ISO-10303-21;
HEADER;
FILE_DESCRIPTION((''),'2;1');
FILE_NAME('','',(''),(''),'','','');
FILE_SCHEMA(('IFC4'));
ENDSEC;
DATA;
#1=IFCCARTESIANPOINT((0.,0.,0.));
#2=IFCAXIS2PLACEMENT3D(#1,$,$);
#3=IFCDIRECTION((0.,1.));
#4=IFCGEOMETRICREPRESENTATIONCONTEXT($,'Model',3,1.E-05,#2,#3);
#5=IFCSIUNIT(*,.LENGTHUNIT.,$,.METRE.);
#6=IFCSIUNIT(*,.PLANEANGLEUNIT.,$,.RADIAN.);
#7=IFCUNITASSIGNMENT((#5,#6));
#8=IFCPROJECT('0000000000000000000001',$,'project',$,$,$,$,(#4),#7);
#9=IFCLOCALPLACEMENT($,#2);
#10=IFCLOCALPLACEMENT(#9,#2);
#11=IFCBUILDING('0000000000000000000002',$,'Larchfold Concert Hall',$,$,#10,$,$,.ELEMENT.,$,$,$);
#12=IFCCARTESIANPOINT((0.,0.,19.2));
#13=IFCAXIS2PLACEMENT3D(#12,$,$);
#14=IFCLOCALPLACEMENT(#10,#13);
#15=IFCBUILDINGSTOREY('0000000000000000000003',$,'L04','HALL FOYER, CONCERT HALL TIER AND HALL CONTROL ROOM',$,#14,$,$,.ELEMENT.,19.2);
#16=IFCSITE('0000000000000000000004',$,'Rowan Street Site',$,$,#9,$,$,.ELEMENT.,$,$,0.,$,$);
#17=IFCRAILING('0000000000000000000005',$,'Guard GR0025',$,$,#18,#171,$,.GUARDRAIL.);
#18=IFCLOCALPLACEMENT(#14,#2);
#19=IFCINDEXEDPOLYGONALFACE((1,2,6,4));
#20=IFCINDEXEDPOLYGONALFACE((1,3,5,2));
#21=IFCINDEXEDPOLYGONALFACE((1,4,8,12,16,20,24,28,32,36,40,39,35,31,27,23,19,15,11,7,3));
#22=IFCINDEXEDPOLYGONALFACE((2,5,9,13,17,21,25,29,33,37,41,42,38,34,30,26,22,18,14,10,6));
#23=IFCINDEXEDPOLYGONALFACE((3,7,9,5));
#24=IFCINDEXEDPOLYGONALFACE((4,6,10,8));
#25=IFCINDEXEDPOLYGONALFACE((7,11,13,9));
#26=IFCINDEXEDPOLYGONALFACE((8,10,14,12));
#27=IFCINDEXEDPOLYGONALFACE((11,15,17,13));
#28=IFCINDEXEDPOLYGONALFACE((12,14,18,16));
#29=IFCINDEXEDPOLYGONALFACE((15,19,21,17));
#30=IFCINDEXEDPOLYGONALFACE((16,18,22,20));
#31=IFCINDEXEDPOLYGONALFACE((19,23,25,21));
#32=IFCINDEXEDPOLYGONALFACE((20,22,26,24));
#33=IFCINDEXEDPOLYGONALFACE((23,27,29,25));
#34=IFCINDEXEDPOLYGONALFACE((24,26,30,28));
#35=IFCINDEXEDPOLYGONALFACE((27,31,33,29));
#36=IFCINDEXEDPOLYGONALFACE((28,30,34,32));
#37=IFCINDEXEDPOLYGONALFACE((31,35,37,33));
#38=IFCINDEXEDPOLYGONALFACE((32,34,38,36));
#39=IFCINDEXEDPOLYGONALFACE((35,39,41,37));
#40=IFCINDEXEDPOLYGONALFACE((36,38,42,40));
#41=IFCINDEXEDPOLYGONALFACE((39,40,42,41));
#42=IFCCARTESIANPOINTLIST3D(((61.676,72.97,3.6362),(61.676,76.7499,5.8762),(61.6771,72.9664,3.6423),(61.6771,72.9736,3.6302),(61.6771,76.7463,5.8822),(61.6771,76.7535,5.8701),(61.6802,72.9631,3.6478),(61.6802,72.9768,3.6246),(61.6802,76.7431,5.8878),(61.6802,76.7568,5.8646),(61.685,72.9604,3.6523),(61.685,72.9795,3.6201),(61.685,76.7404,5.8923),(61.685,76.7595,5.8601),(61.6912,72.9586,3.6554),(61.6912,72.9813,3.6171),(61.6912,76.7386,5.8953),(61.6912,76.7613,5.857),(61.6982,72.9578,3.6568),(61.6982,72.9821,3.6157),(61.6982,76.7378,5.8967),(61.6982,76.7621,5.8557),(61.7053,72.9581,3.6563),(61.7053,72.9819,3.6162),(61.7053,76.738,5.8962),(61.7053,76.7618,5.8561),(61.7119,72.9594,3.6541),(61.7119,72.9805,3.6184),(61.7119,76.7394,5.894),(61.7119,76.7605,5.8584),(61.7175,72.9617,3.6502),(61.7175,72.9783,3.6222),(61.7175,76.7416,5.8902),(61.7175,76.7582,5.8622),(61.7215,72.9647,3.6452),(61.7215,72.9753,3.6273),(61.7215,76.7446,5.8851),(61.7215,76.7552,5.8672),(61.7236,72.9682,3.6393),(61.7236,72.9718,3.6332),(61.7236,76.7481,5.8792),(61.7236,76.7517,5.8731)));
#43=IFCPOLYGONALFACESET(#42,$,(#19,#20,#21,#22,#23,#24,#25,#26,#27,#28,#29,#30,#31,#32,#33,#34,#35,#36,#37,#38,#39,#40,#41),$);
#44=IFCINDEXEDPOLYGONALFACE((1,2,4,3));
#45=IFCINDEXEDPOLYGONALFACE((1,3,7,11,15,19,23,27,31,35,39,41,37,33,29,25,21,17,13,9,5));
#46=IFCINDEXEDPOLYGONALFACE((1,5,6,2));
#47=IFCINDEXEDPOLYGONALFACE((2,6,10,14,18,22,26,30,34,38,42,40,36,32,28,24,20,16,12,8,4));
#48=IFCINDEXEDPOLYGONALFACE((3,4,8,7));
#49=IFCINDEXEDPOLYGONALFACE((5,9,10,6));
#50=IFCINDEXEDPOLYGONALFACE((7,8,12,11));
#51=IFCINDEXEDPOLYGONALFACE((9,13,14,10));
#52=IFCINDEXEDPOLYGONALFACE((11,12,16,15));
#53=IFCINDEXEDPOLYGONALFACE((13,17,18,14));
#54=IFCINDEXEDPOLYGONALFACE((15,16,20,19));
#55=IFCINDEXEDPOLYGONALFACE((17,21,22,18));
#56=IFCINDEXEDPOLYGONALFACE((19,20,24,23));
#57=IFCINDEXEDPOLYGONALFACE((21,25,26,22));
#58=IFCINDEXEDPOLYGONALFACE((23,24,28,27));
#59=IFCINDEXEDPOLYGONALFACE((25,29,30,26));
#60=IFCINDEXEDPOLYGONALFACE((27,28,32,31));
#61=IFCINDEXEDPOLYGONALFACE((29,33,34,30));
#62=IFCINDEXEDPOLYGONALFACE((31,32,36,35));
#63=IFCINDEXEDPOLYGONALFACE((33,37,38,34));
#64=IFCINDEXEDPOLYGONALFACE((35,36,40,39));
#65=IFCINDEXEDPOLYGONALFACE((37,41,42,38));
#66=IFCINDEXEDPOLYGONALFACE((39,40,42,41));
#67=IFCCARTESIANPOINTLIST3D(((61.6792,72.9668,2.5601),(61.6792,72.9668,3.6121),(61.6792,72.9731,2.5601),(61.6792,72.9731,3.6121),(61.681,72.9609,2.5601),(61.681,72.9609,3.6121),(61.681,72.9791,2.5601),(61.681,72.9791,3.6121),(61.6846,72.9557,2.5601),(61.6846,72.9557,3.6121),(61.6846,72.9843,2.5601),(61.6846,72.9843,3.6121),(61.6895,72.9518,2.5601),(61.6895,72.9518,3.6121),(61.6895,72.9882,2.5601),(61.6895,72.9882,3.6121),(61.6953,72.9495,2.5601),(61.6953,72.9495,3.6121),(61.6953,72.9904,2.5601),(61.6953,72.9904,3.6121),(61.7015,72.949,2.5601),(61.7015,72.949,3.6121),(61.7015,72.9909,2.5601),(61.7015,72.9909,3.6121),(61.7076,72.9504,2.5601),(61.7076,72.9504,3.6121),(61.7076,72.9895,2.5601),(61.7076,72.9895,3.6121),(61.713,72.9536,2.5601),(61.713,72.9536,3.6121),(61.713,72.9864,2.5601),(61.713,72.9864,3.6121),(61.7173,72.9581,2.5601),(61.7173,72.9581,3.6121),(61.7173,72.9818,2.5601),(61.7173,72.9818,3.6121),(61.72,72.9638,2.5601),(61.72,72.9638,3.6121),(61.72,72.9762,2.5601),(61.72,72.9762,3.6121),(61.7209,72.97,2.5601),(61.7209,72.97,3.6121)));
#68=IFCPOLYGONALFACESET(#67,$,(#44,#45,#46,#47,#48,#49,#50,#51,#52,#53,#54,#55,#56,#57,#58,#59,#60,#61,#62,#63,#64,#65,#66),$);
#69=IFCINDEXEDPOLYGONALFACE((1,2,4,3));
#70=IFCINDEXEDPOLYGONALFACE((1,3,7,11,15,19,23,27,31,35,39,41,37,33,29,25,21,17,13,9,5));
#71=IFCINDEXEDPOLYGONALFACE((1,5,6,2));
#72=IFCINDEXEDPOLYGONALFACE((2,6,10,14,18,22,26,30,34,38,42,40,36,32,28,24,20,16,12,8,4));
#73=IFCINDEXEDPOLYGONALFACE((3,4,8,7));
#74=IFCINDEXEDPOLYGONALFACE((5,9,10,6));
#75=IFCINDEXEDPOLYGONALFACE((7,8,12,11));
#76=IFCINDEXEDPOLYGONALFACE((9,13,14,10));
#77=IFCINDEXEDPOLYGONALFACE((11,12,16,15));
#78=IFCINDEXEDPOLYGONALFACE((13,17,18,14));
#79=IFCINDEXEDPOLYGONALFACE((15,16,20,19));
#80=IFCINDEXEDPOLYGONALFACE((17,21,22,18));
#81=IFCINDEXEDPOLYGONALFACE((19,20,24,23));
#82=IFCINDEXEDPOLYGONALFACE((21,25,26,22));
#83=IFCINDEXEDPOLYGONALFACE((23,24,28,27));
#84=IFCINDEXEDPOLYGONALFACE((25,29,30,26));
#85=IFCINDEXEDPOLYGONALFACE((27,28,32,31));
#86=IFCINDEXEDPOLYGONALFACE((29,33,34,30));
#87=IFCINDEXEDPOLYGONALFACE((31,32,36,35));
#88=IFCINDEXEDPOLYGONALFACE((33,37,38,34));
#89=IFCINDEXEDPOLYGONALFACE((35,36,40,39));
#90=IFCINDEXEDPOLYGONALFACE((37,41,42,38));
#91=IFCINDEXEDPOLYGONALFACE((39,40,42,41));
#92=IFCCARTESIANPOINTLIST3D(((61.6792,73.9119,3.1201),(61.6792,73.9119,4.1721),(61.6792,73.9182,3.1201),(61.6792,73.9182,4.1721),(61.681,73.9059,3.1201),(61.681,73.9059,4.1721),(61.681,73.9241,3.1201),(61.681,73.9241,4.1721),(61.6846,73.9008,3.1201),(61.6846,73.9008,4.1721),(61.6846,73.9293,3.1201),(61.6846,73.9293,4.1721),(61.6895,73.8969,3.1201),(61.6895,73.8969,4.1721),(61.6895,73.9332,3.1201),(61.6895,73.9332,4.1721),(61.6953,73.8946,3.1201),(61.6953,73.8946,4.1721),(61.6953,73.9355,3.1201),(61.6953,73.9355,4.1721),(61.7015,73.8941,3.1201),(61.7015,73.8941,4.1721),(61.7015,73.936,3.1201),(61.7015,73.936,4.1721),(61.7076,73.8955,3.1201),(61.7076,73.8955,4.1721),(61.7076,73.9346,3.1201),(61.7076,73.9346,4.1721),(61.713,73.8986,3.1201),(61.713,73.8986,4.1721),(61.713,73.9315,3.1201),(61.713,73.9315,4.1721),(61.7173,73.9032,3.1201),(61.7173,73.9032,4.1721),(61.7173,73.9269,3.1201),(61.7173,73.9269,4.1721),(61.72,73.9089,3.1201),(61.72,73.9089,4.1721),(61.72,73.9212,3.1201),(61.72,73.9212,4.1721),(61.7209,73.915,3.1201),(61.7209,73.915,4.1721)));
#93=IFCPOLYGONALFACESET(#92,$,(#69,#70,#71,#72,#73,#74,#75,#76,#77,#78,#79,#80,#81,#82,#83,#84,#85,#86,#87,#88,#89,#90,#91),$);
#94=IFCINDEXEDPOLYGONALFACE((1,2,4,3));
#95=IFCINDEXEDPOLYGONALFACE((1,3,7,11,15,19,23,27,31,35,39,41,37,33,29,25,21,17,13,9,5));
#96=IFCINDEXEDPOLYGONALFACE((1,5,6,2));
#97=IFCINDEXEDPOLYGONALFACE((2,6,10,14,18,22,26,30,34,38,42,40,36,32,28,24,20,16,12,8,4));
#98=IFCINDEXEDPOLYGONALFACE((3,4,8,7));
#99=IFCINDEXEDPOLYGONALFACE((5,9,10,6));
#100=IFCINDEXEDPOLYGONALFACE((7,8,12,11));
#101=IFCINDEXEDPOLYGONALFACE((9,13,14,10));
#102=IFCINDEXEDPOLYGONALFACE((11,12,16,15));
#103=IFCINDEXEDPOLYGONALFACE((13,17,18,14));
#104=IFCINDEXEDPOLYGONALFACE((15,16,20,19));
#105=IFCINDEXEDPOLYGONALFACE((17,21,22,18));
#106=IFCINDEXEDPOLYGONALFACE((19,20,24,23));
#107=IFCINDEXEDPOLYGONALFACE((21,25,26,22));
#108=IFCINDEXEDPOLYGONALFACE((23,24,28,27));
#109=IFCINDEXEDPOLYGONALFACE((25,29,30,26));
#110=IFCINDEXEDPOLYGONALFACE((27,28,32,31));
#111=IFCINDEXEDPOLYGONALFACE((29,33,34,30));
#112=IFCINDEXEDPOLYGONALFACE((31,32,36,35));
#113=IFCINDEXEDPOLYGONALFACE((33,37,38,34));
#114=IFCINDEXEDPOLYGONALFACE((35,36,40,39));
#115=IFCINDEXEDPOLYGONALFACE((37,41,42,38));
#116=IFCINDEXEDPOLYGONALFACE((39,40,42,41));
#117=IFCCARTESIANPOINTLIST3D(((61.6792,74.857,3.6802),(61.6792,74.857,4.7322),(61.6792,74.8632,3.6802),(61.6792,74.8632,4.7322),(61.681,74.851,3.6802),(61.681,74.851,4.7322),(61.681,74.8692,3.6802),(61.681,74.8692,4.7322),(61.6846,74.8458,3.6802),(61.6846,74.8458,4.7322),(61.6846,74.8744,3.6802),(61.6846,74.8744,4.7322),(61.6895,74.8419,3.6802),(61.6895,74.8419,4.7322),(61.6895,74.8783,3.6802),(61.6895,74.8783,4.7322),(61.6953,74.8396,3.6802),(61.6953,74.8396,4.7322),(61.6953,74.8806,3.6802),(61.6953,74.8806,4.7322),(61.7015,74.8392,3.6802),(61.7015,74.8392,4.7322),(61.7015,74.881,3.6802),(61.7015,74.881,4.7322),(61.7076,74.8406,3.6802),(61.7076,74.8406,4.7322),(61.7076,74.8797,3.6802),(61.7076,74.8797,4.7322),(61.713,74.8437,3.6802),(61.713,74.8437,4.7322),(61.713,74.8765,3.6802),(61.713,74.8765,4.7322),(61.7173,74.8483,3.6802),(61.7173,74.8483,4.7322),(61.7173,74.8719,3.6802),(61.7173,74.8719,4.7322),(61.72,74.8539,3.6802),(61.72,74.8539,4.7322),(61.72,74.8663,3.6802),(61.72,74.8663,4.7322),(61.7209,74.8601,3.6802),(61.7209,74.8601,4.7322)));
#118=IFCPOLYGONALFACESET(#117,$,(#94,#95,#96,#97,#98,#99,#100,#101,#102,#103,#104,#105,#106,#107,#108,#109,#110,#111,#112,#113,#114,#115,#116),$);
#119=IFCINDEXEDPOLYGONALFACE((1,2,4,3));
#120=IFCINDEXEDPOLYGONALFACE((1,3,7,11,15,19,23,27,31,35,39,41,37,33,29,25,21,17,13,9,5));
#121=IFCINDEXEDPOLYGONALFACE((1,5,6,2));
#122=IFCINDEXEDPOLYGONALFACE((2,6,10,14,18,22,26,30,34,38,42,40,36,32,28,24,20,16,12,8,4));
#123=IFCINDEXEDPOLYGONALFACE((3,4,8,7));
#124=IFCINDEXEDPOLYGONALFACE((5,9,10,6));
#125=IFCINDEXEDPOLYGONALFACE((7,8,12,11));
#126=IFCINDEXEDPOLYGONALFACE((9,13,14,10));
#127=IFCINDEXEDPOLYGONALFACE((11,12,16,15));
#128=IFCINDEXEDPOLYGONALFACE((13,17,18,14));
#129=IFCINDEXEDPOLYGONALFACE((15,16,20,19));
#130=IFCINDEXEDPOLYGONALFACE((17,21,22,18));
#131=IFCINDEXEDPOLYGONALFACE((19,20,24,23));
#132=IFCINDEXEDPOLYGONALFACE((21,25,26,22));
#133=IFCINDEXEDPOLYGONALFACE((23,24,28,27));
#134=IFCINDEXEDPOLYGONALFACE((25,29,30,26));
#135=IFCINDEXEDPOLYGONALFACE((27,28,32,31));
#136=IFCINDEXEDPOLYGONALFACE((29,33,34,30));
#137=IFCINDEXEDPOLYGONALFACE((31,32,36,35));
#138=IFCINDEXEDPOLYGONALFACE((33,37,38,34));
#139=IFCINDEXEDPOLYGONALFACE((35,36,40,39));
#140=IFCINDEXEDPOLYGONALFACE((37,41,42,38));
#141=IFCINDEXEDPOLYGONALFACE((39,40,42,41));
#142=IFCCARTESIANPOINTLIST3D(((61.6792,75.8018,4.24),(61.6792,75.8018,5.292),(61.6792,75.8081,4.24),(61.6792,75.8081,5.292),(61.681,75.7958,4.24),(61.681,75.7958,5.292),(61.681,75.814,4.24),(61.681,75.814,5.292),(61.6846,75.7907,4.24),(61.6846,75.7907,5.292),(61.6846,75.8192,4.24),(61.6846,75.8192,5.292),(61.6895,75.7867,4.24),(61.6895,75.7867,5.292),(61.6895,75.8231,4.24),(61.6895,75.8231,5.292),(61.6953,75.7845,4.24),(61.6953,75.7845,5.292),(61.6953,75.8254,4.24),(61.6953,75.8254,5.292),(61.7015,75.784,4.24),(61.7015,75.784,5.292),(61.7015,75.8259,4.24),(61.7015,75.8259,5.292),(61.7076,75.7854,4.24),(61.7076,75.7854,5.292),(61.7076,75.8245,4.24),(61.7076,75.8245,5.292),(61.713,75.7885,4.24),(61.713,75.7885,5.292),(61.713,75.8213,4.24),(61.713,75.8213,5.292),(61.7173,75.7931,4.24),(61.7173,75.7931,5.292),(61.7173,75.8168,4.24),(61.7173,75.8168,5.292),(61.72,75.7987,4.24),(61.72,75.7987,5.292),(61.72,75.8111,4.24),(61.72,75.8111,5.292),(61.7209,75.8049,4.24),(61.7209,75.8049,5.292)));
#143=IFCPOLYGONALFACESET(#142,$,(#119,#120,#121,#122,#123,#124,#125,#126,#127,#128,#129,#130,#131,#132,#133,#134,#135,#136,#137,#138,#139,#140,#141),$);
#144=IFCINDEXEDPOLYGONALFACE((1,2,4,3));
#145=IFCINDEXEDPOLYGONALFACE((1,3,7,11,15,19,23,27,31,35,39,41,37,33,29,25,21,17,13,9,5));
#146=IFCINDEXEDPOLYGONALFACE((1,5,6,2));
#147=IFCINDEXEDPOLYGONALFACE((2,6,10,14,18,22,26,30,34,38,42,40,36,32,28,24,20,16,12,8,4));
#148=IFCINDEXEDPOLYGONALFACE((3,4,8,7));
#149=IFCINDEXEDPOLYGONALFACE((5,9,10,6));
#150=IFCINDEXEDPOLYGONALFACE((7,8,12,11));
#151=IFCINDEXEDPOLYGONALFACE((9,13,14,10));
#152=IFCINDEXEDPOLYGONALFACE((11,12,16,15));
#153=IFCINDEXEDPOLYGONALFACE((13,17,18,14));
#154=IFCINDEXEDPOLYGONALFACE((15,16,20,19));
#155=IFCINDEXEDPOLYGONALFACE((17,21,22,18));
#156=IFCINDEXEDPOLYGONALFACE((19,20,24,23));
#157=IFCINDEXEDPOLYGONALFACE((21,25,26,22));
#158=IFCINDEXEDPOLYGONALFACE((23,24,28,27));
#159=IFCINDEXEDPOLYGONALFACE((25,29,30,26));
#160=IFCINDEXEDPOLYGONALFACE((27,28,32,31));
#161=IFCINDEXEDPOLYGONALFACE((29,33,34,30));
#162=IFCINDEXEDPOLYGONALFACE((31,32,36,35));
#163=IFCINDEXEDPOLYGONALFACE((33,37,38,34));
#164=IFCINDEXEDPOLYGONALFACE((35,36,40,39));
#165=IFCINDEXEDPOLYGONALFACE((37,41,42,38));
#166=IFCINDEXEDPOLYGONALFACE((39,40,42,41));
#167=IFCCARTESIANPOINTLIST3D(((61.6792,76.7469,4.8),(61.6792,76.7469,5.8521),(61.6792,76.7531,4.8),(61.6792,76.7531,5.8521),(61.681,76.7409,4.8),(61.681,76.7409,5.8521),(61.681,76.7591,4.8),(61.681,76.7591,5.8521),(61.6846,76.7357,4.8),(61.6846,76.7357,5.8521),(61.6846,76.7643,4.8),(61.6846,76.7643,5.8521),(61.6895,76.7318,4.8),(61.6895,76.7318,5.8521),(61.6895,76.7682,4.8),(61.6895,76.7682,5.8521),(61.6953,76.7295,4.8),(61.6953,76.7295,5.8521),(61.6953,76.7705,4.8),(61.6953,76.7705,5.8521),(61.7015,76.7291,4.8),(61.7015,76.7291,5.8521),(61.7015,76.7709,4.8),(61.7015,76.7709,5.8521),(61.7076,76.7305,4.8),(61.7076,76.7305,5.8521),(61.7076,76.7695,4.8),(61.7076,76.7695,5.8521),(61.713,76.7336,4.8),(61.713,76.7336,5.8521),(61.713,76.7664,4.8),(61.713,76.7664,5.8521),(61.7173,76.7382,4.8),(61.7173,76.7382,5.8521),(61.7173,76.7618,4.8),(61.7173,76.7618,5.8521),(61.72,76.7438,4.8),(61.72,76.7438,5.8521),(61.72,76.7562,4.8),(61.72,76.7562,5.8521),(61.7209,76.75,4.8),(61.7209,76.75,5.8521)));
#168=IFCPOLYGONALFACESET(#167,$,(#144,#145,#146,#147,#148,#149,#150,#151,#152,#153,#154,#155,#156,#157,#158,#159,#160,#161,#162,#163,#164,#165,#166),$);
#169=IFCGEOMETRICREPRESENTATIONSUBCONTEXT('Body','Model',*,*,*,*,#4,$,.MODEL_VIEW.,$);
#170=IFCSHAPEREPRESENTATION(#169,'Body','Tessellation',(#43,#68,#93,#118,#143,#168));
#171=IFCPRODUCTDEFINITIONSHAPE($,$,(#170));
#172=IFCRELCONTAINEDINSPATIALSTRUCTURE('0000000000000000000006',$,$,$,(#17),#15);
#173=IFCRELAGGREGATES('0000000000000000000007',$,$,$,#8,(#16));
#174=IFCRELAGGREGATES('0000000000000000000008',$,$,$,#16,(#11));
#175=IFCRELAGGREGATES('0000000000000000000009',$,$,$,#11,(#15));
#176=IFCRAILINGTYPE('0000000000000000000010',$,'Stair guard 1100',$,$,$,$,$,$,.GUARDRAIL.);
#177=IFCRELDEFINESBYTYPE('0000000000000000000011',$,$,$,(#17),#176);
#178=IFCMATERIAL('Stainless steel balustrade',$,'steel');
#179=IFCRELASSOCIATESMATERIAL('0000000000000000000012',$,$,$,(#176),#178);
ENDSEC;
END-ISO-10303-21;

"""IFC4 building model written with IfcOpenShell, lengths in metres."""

from ifc_helpers import new_model, si_unit, direction, frame, origin, origin_2d, place, context, subcontext, project, spatial, circle, extrude, material, type_object, element, save


model = new_model("IFC4")

# Units and contexts
model_context = context("Model", 3, precision=1e-05, world=origin(), true_north=direction((0.0, 1.0)))
body_context = subcontext(model_context, "Body", "Model", "MODEL_VIEW")
ifc_project = project(units=[si_unit("LENGTHUNIT", "METRE"), si_unit("PLANEANGLEUNIT", "RADIAN")], contexts=[model_context])

# Site, building, storey
site_placement = place(None, origin())
site = spatial("IfcSite", under=ifc_project, at=site_placement, Name="Rowan Street Site", CompositionType="ELEMENT", RefElevation=0.0)
building_placement = place(site_placement, origin())
building = spatial("IfcBuilding", under=site, at=building_placement, Name="Larchfold Concert Hall", CompositionType="ELEMENT")
storey_placement = place(building_placement, frame((0.0, 0.0, 19.2)))
storey = spatial("IfcBuildingStorey", under=building, at=storey_placement, Name="L04", Description="HALL FOYER, CONCERT HALL TIER AND HALL CONTROL ROOM", CompositionType="ELEMENT", Elevation=19.2)

# Railing
ifc_material_1 = material(Name="Stainless steel balustrade", Category="steel")
railing_type_1 = type_object("IfcRailingType", Name="Stair guard 1100", PredefinedType="GUARDRAIL", material=ifc_material_1)
railing_1_placement = place(storey_placement, frame((61.7, 72.97, 2.5601)))
element("IfcRailing", 1, at=railing_1_placement, inside=storey, type_object=railing_type_1, Name="Guard GR0025", PredefinedType="GUARDRAIL", context=body_context, shape_type="SweptSolid", body=[
    extrude(circle(Radius=0.0239, at=origin_2d()), frame((0.0, 0.0, 1.0762), z_axis=(0.0, 0.860294, 0.509798), x_axis=(-1.0, 0.0, 0.0)), (0.0, 0.0, 1.0), 4.3938),
    extrude(circle(Radius=0.021, at=origin_2d()), origin(), (0.0, 0.0, 1.0), 1.052),
    extrude(circle(Radius=0.021, at=origin_2d()), frame((0.0, 0.9451, 0.5601)), (0.0, 0.0, 1.0), 1.052),
    extrude(circle(Radius=0.021, at=origin_2d()), frame((0.0, 1.8901, 1.1201)), (0.0, 0.0, 1.0), 1.052),
    extrude(circle(Radius=0.021, at=origin_2d()), frame((0.0, 2.835, 1.6799)), (0.0, 0.0, 1.0), 1.052),
    extrude(circle(Radius=0.021, at=origin_2d()), frame((0.0, 3.78, 2.24)), (0.0, 0.0, 1.0), 1.052),
])

save(model, "model.ifc")
